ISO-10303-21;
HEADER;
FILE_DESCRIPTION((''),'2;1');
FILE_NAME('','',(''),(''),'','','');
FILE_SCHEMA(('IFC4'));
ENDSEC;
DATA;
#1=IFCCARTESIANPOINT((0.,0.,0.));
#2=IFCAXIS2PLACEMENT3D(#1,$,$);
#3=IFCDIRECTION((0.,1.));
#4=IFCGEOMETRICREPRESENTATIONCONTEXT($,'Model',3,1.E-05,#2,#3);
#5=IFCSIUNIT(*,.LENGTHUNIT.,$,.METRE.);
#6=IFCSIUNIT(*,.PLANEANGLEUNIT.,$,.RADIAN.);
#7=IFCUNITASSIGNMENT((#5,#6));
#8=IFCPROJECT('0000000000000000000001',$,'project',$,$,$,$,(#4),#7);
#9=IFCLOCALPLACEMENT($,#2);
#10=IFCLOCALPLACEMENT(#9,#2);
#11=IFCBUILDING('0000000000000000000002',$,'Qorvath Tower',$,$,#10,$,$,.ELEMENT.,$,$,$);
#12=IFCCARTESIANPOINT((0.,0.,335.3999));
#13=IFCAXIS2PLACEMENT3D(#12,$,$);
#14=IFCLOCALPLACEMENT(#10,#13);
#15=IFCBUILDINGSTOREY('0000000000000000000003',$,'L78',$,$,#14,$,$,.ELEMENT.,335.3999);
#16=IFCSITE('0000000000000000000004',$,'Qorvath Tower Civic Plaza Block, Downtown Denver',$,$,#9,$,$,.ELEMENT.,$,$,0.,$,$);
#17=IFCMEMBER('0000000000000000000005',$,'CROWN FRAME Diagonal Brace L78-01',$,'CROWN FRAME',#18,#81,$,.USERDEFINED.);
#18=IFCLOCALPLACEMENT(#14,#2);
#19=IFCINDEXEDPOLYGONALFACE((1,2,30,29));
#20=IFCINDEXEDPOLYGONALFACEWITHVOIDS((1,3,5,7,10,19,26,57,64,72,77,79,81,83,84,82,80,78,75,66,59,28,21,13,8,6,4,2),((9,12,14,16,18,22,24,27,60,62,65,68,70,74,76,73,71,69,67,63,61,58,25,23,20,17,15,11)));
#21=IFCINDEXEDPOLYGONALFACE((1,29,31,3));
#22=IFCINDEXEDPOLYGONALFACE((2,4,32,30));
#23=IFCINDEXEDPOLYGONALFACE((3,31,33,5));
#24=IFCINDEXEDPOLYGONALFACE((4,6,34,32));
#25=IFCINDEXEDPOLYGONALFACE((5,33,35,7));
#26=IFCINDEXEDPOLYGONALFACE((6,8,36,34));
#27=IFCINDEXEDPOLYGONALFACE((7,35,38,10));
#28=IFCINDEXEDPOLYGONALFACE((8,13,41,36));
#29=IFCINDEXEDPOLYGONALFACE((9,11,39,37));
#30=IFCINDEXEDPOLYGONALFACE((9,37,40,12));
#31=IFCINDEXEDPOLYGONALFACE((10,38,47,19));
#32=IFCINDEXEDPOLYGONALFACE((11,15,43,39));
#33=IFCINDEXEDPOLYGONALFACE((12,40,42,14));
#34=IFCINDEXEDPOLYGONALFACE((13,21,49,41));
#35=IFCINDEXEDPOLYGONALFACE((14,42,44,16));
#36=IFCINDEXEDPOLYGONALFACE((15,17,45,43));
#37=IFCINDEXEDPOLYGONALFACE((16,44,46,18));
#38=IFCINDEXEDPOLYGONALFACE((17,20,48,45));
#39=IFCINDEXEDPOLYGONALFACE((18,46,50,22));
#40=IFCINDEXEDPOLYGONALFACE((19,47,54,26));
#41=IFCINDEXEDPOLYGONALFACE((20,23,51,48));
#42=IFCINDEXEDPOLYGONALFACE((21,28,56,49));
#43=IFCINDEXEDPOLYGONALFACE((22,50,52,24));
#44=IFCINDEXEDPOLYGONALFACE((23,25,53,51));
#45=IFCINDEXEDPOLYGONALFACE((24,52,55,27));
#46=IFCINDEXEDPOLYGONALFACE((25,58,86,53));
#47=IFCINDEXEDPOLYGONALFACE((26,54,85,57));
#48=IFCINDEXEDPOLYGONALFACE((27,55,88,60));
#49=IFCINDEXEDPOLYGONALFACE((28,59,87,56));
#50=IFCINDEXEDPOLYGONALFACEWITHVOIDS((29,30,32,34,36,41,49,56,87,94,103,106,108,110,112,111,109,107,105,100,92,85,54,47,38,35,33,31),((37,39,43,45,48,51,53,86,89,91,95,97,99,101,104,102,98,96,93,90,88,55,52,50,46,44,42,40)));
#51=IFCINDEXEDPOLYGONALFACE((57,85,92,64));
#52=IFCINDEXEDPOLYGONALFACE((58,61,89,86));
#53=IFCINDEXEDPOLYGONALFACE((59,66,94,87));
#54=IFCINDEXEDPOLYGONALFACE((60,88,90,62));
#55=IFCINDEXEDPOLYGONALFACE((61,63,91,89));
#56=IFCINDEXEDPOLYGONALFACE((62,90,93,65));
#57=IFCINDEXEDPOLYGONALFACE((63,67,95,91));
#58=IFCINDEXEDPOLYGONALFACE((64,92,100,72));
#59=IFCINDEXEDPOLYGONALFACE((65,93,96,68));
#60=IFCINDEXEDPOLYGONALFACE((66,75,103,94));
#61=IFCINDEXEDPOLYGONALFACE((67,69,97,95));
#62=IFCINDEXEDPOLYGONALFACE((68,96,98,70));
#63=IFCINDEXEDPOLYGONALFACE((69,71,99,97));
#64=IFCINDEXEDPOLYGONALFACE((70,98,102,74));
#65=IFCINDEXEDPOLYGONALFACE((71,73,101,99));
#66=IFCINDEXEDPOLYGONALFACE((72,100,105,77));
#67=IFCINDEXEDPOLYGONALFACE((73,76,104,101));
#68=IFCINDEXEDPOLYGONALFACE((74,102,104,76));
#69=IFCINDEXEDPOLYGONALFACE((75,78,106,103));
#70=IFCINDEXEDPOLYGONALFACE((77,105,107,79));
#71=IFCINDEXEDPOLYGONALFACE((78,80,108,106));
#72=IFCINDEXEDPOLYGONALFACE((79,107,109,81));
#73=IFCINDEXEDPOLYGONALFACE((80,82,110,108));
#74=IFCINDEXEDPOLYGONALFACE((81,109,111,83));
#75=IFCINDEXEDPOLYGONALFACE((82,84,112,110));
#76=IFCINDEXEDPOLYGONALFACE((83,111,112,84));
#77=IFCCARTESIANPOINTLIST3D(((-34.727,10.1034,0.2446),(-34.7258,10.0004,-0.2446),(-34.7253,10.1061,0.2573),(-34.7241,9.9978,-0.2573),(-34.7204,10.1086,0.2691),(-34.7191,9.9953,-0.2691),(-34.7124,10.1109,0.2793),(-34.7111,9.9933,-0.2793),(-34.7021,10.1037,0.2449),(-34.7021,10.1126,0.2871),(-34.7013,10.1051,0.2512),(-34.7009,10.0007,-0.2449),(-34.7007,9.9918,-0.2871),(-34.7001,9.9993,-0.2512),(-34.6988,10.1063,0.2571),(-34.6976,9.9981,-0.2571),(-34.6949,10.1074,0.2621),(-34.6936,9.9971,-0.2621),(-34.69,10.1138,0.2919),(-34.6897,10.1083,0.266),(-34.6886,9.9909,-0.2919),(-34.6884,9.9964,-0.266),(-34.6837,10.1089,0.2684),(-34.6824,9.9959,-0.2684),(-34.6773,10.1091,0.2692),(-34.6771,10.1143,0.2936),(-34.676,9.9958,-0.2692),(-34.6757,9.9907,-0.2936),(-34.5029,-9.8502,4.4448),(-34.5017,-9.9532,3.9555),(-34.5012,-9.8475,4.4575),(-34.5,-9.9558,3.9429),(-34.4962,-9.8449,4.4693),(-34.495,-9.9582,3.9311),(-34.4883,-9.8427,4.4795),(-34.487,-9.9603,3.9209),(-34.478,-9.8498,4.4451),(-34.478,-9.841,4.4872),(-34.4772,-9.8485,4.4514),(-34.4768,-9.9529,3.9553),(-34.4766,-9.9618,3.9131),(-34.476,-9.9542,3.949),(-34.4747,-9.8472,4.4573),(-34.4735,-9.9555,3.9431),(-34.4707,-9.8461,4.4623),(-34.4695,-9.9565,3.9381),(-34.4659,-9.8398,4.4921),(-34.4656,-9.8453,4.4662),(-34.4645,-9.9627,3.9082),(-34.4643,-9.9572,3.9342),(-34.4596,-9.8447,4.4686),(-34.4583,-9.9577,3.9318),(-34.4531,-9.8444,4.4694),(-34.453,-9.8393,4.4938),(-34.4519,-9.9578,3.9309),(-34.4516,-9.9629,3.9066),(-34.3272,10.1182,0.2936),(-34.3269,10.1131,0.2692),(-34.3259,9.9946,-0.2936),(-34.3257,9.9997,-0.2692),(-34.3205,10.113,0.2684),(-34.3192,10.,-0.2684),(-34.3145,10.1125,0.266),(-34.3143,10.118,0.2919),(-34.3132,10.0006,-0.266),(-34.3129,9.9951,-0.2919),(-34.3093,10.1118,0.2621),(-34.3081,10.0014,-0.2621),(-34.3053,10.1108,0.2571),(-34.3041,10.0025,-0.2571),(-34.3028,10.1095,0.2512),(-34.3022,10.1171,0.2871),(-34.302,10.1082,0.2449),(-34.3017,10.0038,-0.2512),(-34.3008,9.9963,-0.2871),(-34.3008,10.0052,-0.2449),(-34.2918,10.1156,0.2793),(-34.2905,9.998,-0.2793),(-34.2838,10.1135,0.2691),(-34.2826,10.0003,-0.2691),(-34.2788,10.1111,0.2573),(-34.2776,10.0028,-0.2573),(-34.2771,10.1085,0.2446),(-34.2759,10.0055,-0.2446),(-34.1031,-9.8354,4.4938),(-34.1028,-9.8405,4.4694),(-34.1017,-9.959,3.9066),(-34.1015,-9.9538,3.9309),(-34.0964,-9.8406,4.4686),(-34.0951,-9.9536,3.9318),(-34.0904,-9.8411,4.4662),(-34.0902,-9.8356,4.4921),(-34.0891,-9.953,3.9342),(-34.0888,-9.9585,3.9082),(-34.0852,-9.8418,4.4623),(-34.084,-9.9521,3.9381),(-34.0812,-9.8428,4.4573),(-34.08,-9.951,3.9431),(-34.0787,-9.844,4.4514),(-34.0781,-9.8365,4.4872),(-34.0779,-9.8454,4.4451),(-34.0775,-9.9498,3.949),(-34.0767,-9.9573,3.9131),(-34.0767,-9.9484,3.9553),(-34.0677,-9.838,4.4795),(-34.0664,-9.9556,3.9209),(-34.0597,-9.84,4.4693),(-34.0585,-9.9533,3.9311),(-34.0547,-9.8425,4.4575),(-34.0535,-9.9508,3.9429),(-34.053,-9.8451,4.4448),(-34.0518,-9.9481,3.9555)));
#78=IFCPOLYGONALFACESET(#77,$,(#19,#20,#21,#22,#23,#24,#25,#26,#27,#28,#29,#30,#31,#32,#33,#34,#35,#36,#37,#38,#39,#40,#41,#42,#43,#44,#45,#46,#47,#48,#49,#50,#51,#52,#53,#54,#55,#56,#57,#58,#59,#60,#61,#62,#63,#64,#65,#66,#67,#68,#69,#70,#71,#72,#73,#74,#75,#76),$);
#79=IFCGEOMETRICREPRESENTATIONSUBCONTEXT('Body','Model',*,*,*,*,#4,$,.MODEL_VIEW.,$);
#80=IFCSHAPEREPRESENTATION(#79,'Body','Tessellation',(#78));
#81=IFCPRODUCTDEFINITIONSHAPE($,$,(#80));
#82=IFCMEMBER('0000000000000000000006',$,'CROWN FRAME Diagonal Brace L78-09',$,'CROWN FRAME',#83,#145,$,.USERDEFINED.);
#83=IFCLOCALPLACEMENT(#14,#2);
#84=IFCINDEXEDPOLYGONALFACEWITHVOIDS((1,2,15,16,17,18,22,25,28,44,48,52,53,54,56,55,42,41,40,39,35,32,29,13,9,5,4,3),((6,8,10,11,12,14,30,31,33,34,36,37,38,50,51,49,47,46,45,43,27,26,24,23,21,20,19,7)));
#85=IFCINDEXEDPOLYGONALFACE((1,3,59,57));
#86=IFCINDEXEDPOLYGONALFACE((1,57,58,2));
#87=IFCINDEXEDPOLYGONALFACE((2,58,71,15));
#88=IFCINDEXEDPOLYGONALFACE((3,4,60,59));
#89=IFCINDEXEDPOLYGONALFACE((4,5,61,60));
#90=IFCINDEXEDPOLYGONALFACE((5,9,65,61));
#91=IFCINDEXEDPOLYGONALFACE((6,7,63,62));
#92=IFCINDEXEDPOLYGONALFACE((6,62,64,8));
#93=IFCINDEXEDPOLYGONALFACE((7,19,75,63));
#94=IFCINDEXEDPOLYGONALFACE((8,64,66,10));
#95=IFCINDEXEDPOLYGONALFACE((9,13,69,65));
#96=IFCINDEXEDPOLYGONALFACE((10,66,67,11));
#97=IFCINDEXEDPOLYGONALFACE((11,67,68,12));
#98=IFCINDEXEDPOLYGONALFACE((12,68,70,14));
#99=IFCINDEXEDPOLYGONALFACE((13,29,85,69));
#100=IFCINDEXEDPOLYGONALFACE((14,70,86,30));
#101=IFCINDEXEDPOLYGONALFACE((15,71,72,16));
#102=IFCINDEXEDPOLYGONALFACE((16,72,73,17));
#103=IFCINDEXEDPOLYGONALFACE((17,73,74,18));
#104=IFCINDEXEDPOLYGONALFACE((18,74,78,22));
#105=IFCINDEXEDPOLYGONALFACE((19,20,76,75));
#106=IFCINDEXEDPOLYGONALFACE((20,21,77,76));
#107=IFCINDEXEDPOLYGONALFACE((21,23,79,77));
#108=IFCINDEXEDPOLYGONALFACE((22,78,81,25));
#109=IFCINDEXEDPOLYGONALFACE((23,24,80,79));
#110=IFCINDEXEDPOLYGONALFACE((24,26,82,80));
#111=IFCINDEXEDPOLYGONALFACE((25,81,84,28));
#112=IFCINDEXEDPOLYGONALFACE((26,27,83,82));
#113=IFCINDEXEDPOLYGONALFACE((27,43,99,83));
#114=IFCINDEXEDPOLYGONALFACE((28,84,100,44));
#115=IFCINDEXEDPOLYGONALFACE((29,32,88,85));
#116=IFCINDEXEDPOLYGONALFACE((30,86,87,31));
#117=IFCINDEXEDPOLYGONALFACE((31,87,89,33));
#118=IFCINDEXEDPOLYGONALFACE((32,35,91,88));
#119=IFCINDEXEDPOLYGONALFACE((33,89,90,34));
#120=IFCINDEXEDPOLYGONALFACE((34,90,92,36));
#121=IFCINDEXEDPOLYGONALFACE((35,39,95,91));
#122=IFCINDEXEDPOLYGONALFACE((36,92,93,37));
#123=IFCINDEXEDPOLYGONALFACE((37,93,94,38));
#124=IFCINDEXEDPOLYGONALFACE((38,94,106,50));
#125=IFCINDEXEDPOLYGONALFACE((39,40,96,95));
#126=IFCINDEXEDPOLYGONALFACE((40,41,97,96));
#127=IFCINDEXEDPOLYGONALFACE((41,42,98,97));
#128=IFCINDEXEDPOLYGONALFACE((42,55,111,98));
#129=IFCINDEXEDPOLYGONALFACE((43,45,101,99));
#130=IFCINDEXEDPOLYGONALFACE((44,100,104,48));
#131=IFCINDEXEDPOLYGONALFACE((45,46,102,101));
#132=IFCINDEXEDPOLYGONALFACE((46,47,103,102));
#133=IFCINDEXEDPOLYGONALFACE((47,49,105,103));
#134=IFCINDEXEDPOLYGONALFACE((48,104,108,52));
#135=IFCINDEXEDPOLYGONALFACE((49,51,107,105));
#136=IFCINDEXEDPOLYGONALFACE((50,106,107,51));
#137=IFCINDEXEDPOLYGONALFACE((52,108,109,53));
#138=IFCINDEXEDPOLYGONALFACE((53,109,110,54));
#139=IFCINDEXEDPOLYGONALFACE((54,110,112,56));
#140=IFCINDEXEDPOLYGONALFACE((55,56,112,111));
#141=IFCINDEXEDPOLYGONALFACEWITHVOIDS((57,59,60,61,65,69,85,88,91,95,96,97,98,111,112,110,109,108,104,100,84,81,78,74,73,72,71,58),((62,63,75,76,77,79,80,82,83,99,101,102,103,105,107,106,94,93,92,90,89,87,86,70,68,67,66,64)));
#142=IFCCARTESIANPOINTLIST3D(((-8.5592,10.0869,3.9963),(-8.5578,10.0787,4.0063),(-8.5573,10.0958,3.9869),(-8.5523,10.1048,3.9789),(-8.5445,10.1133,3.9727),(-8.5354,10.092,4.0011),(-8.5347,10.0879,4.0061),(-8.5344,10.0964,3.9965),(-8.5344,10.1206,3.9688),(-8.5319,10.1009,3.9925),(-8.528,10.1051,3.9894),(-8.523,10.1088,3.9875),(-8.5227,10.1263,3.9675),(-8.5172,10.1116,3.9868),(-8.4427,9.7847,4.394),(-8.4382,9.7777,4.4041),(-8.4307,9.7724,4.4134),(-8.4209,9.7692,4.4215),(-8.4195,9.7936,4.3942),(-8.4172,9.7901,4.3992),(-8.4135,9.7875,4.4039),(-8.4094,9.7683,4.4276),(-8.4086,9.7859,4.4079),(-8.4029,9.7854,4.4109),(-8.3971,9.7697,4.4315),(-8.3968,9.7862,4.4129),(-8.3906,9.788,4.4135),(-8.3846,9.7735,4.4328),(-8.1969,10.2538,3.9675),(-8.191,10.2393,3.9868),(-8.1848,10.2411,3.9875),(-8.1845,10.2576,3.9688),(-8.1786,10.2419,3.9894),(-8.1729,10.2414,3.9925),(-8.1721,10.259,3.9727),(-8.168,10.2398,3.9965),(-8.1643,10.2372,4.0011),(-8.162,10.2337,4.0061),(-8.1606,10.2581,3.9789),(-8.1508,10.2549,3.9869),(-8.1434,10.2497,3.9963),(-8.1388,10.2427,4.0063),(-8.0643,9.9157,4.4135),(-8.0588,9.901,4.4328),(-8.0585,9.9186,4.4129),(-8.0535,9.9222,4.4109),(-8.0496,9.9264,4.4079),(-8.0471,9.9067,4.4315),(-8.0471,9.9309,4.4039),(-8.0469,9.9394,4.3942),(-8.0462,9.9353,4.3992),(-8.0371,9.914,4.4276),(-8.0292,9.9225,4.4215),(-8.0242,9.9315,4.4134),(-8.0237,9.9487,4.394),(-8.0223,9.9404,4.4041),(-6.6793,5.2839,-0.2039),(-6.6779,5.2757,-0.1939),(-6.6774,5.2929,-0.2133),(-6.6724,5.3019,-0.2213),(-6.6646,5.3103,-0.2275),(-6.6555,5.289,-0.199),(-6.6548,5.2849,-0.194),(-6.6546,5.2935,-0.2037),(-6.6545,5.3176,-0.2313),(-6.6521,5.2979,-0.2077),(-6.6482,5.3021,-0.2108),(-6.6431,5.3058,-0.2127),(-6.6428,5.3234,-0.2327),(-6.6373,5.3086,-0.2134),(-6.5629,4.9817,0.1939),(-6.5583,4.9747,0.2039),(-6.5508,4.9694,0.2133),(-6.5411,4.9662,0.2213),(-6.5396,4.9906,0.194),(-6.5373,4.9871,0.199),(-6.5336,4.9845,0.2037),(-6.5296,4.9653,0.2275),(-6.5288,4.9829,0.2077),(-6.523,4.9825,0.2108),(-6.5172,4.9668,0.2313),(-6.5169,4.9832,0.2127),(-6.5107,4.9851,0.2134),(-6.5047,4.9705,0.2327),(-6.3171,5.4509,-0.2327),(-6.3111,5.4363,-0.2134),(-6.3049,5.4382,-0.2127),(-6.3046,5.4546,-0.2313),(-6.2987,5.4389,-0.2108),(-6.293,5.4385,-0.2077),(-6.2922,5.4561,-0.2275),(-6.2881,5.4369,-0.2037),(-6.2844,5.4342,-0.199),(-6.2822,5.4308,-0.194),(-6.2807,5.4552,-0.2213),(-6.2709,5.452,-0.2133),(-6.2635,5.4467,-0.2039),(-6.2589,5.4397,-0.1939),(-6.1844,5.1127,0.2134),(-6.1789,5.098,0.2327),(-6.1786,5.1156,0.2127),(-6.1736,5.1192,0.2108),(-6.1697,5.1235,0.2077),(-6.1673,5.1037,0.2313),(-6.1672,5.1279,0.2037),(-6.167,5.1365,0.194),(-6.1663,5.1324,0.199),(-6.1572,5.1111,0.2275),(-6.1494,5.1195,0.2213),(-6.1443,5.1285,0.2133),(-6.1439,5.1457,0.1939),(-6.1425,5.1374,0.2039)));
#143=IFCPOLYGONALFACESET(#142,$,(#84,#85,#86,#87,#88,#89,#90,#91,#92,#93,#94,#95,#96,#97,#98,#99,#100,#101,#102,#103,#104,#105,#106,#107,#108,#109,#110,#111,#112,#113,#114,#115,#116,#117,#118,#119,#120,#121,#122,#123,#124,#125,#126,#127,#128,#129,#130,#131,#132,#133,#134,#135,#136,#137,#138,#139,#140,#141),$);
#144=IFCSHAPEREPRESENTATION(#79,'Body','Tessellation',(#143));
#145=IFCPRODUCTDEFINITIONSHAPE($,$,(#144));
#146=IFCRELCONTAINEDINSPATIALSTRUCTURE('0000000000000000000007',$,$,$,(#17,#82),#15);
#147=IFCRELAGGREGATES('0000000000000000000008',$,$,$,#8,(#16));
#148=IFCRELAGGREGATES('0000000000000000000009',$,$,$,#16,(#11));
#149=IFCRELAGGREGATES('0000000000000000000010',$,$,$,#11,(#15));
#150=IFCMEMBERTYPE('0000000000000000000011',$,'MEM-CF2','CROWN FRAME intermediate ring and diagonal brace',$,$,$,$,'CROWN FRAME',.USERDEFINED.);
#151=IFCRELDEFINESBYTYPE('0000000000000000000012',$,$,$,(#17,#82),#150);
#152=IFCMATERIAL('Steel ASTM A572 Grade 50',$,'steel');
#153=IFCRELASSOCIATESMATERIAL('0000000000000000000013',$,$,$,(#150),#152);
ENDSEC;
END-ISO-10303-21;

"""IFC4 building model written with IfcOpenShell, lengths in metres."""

from ifc_helpers import new_model, si_unit, direction, frame, origin, origin_2d, place, context, subcontext, project, spatial, hollow_rectangle, extrude, material, material_profile, profile_set, type_object, element, save


model = new_model("IFC4")

# Units and contexts
model_context = context("Model", 3, precision=1e-05, world=origin(), true_north=direction((0.0, 1.0)))
body_context = subcontext(model_context, "Body", "Model", "MODEL_VIEW")
ifc_project = project(units=[si_unit("LENGTHUNIT", "METRE"), si_unit("PLANEANGLEUNIT", "RADIAN")], contexts=[model_context])

# Site, building, storey
site_placement = place(None, origin())
site = spatial("IfcSite", under=ifc_project, at=site_placement, Name="Qorvath Tower Civic Plaza Block, Downtown Denver", CompositionType="ELEMENT", RefElevation=0.0)
building_placement = place(site_placement, origin())
building = spatial("IfcBuilding", under=site, at=building_placement, Name="Qorvath Tower", CompositionType="ELEMENT")
storey_placement = place(building_placement, frame((0.0, 0.0, 335.3999)))
storey = spatial("IfcBuildingStorey", under=building, at=storey_placement, Name="L78", CompositionType="ELEMENT", Elevation=335.3999)

# Members
ifc_material_1 = material(Name="Steel ASTM A572 Grade 50", Category="steel")
ifc_material_profile_1 = material_profile(ifc_material_1, hollow_rectangle(XDim=0.45, YDim=0.6001, WallThickness=0.0249, InnerFilletRadius=0.0249, OuterFilletRadius=0.05, at=origin_2d()), Name="CROWN BOX 600x450x25")
ifc_profile_set_1 = profile_set([ifc_material_profile_1], Name="Steel ASTM A572 Grade 50")
member_type_1 = type_object("IfcMemberType", Name="MEM-CF2", Description="CROWN FRAME intermediate ring and diagonal brace", ElementType="CROWN FRAME", PredefinedType="USERDEFINED", material=ifc_profile_set_1)
member_1_placement = place(storey_placement, frame((-34.5015, 10.0544, 0.0), z_axis=(0.010991, -0.978496, 0.205971), x_axis=(0.999937, 0.011231, 0.0)))
element("IfcMember", 1, at=member_1_placement, inside=storey, type_object=member_type_1, Name="CROWN FRAME Diagonal Brace L78-01", ObjectType="CROWN FRAME", PredefinedType="USERDEFINED", context=body_context, shape_type="SweptSolid", body=[
    extrude(hollow_rectangle(XDim=0.45, YDim=0.6001, WallThickness=0.0249, InnerFilletRadius=0.0249, OuterFilletRadius=0.05, at=origin_2d()), origin(), (0.0, 0.0, 1.0), 20.3921),
])
member_2_placement = place(storey_placement, frame((-6.4109, 5.2107, 0.0), z_axis=(-0.28262, 0.722075, 0.631453), x_axis=(-0.931213, -0.364476, 0.0)))
element("IfcMember", 2, at=member_2_placement, inside=storey, type_object=member_type_1, Name="CROWN FRAME Diagonal Brace L78-09", ObjectType="CROWN FRAME", PredefinedType="USERDEFINED", context=body_context, shape_type="SweptSolid", body=[
    extrude(hollow_rectangle(XDim=0.45, YDim=0.6001, WallThickness=0.0249, InnerFilletRadius=0.0249, OuterFilletRadius=0.05, at=origin_2d()), origin(), (0.0, 0.0, 1.0), 6.6516),
])

save(model, "model.ifc")
